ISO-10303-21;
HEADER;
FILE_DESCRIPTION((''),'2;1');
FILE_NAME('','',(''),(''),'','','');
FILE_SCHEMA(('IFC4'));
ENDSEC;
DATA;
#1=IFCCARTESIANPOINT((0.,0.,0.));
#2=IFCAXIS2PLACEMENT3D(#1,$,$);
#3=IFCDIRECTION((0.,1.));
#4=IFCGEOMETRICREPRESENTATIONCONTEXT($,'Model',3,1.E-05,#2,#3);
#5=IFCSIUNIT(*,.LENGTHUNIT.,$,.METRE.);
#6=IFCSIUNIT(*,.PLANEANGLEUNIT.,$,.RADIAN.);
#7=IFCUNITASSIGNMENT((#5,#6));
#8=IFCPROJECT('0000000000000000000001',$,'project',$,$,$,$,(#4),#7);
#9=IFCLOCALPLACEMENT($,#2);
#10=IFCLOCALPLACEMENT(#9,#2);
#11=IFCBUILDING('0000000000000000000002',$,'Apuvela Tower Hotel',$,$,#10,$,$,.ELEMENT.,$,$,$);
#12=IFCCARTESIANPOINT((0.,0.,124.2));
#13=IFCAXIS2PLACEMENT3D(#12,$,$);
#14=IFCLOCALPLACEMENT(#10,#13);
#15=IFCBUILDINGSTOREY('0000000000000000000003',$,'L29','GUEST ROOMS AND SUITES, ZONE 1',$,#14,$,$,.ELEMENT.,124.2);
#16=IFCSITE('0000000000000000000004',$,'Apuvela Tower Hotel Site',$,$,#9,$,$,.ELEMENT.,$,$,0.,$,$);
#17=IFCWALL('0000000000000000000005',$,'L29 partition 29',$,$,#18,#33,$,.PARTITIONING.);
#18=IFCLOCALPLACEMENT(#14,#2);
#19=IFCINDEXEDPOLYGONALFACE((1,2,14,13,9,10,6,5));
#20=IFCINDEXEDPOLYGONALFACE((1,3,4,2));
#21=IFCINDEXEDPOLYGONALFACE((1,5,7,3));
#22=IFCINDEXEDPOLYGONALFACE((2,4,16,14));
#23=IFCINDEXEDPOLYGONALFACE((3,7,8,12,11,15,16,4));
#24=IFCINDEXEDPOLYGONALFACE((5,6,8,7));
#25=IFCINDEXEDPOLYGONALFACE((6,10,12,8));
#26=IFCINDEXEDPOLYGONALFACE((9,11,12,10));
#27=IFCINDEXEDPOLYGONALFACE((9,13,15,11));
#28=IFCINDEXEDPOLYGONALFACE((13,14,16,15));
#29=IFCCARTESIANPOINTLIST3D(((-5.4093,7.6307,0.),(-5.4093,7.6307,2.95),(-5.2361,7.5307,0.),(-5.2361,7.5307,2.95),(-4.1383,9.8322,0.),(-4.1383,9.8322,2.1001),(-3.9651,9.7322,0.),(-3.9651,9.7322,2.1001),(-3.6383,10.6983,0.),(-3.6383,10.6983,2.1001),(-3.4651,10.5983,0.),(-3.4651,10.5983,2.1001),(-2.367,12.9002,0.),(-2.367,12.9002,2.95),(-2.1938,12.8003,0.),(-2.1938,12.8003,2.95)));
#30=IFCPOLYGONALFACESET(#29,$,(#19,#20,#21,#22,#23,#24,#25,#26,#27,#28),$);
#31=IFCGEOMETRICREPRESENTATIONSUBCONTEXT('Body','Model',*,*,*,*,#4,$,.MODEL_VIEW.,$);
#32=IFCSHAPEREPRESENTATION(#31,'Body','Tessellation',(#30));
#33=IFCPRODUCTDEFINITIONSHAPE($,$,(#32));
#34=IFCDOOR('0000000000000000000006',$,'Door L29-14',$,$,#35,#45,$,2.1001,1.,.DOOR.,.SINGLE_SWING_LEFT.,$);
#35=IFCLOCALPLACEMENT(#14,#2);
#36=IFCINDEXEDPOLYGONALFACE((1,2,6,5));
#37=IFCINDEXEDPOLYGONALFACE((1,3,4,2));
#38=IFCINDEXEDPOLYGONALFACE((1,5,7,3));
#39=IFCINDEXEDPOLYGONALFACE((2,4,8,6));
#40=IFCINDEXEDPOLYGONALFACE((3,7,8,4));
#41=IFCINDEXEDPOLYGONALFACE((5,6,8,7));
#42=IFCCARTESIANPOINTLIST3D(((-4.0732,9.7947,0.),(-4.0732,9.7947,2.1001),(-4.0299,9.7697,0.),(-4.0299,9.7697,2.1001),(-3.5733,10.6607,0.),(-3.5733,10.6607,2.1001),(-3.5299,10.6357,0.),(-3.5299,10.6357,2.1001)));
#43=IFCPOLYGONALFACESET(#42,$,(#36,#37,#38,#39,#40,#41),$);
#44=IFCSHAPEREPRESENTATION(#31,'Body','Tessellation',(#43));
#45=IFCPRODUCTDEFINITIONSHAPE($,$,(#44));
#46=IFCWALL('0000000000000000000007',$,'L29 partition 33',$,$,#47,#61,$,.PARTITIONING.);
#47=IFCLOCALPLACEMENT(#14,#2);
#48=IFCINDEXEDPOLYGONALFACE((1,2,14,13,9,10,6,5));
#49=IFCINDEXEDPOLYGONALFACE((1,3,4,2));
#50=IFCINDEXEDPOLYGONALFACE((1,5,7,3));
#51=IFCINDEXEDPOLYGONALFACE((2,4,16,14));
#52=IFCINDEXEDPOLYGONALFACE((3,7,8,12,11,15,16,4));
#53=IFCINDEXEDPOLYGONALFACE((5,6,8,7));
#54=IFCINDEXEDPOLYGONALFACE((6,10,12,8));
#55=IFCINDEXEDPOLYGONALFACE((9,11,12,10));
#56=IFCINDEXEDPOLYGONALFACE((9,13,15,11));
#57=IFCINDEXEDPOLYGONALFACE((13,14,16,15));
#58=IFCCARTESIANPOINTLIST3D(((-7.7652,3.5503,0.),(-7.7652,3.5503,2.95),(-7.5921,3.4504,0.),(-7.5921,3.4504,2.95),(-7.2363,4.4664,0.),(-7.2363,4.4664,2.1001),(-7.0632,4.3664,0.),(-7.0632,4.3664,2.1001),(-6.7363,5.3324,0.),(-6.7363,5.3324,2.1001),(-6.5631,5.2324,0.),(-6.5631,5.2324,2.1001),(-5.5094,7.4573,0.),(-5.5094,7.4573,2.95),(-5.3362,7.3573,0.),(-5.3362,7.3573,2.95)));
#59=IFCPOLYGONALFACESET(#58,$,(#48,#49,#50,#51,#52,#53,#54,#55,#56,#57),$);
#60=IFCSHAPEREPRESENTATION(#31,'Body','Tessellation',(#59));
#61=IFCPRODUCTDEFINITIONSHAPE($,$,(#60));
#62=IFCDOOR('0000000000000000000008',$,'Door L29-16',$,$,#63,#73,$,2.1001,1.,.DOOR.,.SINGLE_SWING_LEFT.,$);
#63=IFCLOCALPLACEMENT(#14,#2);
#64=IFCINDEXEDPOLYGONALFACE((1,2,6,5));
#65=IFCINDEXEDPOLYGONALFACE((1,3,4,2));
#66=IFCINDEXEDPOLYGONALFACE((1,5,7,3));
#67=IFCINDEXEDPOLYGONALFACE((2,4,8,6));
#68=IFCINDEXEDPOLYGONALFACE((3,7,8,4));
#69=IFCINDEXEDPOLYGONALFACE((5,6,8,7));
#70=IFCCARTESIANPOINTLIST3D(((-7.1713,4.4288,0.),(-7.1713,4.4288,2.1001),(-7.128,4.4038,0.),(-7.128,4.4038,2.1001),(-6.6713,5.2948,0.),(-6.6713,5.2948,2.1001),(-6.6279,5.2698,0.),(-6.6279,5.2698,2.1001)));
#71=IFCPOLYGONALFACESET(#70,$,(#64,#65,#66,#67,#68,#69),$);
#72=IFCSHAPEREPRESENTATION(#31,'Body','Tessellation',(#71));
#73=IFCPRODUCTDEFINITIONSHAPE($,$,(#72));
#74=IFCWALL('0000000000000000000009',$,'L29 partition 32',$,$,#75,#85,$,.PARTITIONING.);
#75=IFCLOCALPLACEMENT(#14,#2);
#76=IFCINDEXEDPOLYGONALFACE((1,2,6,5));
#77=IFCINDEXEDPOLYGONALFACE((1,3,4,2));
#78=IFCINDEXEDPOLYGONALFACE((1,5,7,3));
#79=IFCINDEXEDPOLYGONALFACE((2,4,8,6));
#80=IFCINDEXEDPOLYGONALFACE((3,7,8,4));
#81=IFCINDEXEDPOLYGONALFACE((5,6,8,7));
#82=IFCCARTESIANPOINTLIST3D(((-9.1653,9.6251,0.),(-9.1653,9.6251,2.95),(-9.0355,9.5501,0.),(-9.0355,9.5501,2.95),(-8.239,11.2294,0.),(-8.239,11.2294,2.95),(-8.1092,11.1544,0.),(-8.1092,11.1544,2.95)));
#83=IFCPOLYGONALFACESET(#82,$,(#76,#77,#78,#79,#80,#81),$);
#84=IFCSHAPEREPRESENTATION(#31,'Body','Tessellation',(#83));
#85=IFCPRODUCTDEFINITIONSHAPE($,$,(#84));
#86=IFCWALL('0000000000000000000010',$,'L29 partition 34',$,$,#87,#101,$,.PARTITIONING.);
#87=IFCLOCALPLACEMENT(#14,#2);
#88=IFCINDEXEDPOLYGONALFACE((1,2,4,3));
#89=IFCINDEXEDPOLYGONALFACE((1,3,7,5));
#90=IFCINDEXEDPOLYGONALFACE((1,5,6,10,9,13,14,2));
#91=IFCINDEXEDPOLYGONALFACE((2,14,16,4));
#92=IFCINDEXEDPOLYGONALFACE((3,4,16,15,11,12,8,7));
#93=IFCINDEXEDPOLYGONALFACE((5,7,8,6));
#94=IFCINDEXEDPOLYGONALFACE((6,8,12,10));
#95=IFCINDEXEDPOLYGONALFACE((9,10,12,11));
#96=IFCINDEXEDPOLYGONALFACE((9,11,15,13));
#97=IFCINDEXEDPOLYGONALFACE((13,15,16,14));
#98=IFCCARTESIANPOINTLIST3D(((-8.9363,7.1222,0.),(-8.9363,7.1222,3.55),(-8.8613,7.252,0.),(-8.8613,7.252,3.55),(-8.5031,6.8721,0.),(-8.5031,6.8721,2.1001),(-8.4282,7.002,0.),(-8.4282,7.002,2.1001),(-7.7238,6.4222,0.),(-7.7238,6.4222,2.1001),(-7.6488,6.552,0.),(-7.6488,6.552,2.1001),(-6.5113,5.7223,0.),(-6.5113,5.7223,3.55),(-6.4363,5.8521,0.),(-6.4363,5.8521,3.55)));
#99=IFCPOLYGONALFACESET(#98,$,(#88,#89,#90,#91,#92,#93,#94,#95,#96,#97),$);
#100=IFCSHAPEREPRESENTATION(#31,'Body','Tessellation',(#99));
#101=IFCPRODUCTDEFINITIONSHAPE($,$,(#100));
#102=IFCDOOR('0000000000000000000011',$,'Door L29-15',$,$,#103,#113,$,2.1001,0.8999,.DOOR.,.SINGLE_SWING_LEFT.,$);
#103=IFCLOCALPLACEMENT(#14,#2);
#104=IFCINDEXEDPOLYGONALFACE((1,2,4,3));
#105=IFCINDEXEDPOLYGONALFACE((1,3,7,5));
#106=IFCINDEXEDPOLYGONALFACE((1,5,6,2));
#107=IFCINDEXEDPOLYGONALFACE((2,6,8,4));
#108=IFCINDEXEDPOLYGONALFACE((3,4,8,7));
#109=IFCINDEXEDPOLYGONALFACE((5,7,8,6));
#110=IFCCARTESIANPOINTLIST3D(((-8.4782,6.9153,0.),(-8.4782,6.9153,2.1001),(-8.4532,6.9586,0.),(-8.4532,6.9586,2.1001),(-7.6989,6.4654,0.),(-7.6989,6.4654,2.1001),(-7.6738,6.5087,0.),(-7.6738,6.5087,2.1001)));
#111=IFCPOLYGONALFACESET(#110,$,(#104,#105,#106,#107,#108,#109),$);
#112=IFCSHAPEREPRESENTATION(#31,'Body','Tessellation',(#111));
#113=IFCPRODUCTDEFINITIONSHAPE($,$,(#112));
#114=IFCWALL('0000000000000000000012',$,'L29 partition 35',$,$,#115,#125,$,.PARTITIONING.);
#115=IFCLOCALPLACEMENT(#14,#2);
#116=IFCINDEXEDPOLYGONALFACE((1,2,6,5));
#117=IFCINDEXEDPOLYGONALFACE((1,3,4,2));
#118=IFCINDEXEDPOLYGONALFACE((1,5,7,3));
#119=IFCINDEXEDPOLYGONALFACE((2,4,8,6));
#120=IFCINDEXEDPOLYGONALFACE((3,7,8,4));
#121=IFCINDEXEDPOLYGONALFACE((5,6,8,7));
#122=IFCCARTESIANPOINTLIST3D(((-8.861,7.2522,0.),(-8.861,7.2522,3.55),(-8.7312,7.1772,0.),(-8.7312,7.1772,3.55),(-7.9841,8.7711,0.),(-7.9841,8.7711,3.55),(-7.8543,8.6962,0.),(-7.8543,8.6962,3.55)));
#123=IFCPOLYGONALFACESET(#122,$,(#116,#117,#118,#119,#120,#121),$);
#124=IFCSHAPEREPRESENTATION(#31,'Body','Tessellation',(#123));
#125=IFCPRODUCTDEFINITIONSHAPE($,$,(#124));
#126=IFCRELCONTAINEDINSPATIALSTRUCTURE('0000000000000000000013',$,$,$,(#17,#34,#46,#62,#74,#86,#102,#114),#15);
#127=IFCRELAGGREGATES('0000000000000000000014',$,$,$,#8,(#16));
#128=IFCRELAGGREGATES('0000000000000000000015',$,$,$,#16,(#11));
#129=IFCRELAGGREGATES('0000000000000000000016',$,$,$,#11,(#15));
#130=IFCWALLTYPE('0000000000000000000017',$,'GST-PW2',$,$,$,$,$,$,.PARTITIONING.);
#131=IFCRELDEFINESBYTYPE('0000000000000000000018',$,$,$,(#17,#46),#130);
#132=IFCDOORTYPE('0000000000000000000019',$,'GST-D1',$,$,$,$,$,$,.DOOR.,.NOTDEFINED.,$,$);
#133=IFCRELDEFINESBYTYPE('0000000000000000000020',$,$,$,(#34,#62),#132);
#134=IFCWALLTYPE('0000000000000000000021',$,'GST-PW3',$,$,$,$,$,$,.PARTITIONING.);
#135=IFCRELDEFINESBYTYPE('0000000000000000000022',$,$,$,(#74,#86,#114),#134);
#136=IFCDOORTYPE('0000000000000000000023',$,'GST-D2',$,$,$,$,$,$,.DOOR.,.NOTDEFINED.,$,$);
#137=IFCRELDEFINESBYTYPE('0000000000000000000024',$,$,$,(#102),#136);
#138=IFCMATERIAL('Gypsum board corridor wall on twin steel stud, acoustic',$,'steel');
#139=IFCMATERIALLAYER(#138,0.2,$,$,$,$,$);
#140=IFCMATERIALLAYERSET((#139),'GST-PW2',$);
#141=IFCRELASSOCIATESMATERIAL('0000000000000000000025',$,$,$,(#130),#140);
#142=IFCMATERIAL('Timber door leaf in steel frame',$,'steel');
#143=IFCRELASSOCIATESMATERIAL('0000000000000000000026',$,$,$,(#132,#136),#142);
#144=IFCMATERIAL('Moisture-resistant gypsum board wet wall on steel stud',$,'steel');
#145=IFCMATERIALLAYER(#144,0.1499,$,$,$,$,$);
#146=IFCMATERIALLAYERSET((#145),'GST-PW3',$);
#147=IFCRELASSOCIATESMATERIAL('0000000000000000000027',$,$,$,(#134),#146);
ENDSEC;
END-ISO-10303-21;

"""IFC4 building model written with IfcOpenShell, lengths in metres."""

from ifc_helpers import new_model, si_unit, direction, frame, frame_2d, origin, place, context, subcontext, project, spatial, rectangle, extrude, material, layer, layer_set, type_object, element, fill, save


model = new_model("IFC4")

# Units and contexts
model_context = context("Model", 3, precision=1e-05, world=origin(), true_north=direction((0.0, 1.0)))
body_context = subcontext(model_context, "Body", "Model", "MODEL_VIEW")
ifc_project = project(units=[si_unit("LENGTHUNIT", "METRE"), si_unit("PLANEANGLEUNIT", "RADIAN")], contexts=[model_context])

# Site, building, storey
site_placement = place(None, origin())
site = spatial("IfcSite", under=ifc_project, at=site_placement, Name="Apuvela Tower Hotel Site", CompositionType="ELEMENT", RefElevation=0.0)
building_placement = place(site_placement, origin())
building = spatial("IfcBuilding", under=site, at=building_placement, Name="Apuvela Tower Hotel", CompositionType="ELEMENT")
storey_placement = place(building_placement, frame((0.0, 0.0, 124.2)))
storey = spatial("IfcBuildingStorey", under=building, at=storey_placement, Name="L29", Description="GUEST ROOMS AND SUITES, ZONE 1", CompositionType="ELEMENT", Elevation=124.2)

# Walls, openings, doors
ifc_material_1 = material(Name="Gypsum board corridor wall on twin steel stud, acoustic", Category="steel")
ifc_layer_1 = layer(ifc_material_1, 0.2)
ifc_layer_set_1 = layer_set([ifc_layer_1], Name="GST-PW2")
wall_type_1 = type_object("IfcWallType", Name="GST-PW2", PredefinedType="PARTITIONING", material=ifc_layer_set_1)
wall_1_placement = place(storey_placement, frame((-5.3228, 7.5806, 0.0), z_axis=(0.0, 0.0, 1.0), x_axis=(0.499984, 0.866035, 0.0)))
wall_1 = element("IfcWall", 1, at=wall_1_placement, inside=storey, type_object=wall_type_1, Name="L29 partition 29", PredefinedType="PARTITIONING", context=body_context, shape_type="SweptSolid", body=[
    extrude(rectangle(XDim=6.0847, YDim=0.2, at=frame_2d((3.0425, 0.0))), origin(), (0.0, 0.0, 1.0), 2.95),
])
opening_1_placement = place(wall_1_placement, frame((2.5422, 0.0, 0.0)))
opening_1 = element("IfcOpeningElement", 2, at=opening_1_placement, cuts=wall_1, PredefinedType="OPENING", context=body_context, shape_type="SweptSolid", body=[
    extrude(rectangle(XDim=1.0, YDim=2.1001, at=frame_2d((0.5, 1.05))), frame((0.0, 0.1099, 0.0), z_axis=(0.0, -1.0, 0.0), x_axis=(1.0, 0.0, 0.0)), (0.0, 0.0, 1.0), 0.22),
])
ifc_material_2 = material(Name="Timber door leaf in steel frame", Category="steel")
door_type_1 = type_object("IfcDoorType", Name="GST-D1", OperationType="NOTDEFINED", PredefinedType="DOOR", material=ifc_material_2)
door_1_placement = place(opening_1_placement, origin())
door_1 = element("IfcDoor", 3, at=door_1_placement, inside=storey, type_object=door_type_1, Name="Door L29-14", OperationType="SINGLE_SWING_LEFT", OverallHeight=2.1001, OverallWidth=1.0, PredefinedType="DOOR", context=body_context, shape_type="SweptSolid", body=[
    extrude(rectangle(XDim=1.0, YDim=2.1001, at=frame_2d((0.5, 1.05))), frame((0.0, 0.0249, 0.0), z_axis=(0.0, -1.0, 0.0), x_axis=(1.0, 0.0, 0.0)), (0.0, 0.0, 1.0), 0.05),
])
fill(opening_1, door_1)
wall_2_placement = place(storey_placement, frame((-7.6787, 3.5002, 0.0), z_axis=(0.0, 0.0, 1.0), x_axis=(0.500027, 0.86601, 0.0)))
wall_2 = element("IfcWall", 4, at=wall_2_placement, inside=storey, type_object=wall_type_1, Name="L29 partition 33", PredefinedType="PARTITIONING", context=body_context, shape_type="SweptSolid", body=[
    extrude(rectangle(XDim=4.5115, YDim=0.2, at=frame_2d((2.2559, 0.0))), origin(), (0.0, 0.0, 1.0), 2.95),
])
opening_2_placement = place(wall_2_placement, frame((1.0579, 0.0, 0.0)))
opening_2 = element("IfcOpeningElement", 5, at=opening_2_placement, cuts=wall_2, PredefinedType="OPENING", context=body_context, shape_type="SweptSolid", body=[
    extrude(rectangle(XDim=1.0, YDim=2.1001, at=frame_2d((0.5, 1.05))), frame((0.0, 0.1099, 0.0), z_axis=(0.0, -1.0, 0.0), x_axis=(1.0, 0.0, 0.0)), (0.0, 0.0, 1.0), 0.22),
])
door_2_placement = place(opening_2_placement, origin())
door_2 = element("IfcDoor", 6, at=door_2_placement, inside=storey, type_object=door_type_1, Name="Door L29-16", OperationType="SINGLE_SWING_LEFT", OverallHeight=2.1001, OverallWidth=1.0, PredefinedType="DOOR", context=body_context, shape_type="SweptSolid", body=[
    extrude(rectangle(XDim=1.0, YDim=2.1001, at=frame_2d((0.5, 1.05))), frame((0.0, 0.0249, 0.0), z_axis=(0.0, -1.0, 0.0), x_axis=(1.0, 0.0, 0.0)), (0.0, 0.0, 1.0), 0.05),
])
fill(opening_2, door_2)

# Wall
ifc_material_3 = material(Name="Moisture-resistant gypsum board wet wall on steel stud", Category="steel")
ifc_layer_2 = layer(ifc_material_3, 0.1499)
ifc_layer_set_2 = layer_set([ifc_layer_2], Name="GST-PW3")
wall_type_2 = type_object("IfcWallType", Name="GST-PW3", PredefinedType="PARTITIONING", material=ifc_layer_set_2)
wall_3_placement = place(storey_placement, frame((-8.1741, 11.1919, 0.0), z_axis=(0.0, 0.0, 1.0), x_axis=(-0.500023, -0.866012, 0.0)))
element("IfcWall", 7, at=wall_3_placement, inside=storey, type_object=wall_type_2, Name="L29 partition 32", PredefinedType="PARTITIONING", context=body_context, shape_type="SweptSolid", body=[
    extrude(rectangle(XDim=1.8525, YDim=0.1499, at=frame_2d((0.9263, 0.0))), origin(), (0.0, 0.0, 1.0), 2.95),
])

# Wall, opening, door
wall_4_placement = place(storey_placement, frame((-8.8987, 7.187, 0.0), z_axis=(0.0, 0.0, 1.0), x_axis=(0.866056, -0.499946, 0.0)))
wall_4 = element("IfcWall", 8, at=wall_4_placement, inside=storey, type_object=wall_type_2, Name="L29 partition 34", PredefinedType="PARTITIONING", context=body_context, shape_type="SweptSolid", body=[
    extrude(rectangle(XDim=2.8, YDim=0.1499, at=frame_2d((1.3999, 0.0))), origin(), (0.0, 0.0, 1.0), 3.55),
])
opening_3_placement = place(wall_4_placement, frame((0.5, 0.0, 0.0)))
opening_3 = element("IfcOpeningElement", 9, at=opening_3_placement, cuts=wall_4, PredefinedType="OPENING", context=body_context, shape_type="SweptSolid", body=[
    extrude(rectangle(XDim=0.8999, YDim=2.1001, at=frame_2d((0.45, 1.05))), frame((0.0, 0.085, 0.0), z_axis=(0.0, -1.0, 0.0), x_axis=(1.0, 0.0, 0.0)), (0.0, 0.0, 1.0), 0.1699),
])
door_type_2 = type_object("IfcDoorType", Name="GST-D2", OperationType="NOTDEFINED", PredefinedType="DOOR", material=ifc_material_2)
door_3_placement = place(opening_3_placement, origin())
door_3 = element("IfcDoor", 10, at=door_3_placement, inside=storey, type_object=door_type_2, Name="Door L29-15", OperationType="SINGLE_SWING_LEFT", OverallHeight=2.1001, OverallWidth=0.8999, PredefinedType="DOOR", context=body_context, shape_type="SweptSolid", body=[
    extrude(rectangle(XDim=0.8999, YDim=2.1001, at=frame_2d((0.45, 1.05))), frame((0.0, 0.0249, 0.0), z_axis=(0.0, -1.0, 0.0), x_axis=(1.0, 0.0, 0.0)), (0.0, 0.0, 1.0), 0.05),
])
fill(opening_3, door_3)

# Wall
wall_5_placement = place(storey_placement, frame((-7.9192, 8.7336, 0.0), z_axis=(0.0, 0.0, 1.0), x_axis=(-0.499971, -0.866042, 0.0)))
element("IfcWall", 11, at=wall_5_placement, inside=storey, type_object=wall_type_2, Name="L29 partition 35", PredefinedType="PARTITIONING", context=body_context, shape_type="SweptSolid", body=[
    extrude(rectangle(XDim=1.7539, YDim=0.1499, at=frame_2d((0.877, 0.0))), origin(), (0.0, 0.0, 1.0), 3.55),
])

save(model, "model.ifc")
